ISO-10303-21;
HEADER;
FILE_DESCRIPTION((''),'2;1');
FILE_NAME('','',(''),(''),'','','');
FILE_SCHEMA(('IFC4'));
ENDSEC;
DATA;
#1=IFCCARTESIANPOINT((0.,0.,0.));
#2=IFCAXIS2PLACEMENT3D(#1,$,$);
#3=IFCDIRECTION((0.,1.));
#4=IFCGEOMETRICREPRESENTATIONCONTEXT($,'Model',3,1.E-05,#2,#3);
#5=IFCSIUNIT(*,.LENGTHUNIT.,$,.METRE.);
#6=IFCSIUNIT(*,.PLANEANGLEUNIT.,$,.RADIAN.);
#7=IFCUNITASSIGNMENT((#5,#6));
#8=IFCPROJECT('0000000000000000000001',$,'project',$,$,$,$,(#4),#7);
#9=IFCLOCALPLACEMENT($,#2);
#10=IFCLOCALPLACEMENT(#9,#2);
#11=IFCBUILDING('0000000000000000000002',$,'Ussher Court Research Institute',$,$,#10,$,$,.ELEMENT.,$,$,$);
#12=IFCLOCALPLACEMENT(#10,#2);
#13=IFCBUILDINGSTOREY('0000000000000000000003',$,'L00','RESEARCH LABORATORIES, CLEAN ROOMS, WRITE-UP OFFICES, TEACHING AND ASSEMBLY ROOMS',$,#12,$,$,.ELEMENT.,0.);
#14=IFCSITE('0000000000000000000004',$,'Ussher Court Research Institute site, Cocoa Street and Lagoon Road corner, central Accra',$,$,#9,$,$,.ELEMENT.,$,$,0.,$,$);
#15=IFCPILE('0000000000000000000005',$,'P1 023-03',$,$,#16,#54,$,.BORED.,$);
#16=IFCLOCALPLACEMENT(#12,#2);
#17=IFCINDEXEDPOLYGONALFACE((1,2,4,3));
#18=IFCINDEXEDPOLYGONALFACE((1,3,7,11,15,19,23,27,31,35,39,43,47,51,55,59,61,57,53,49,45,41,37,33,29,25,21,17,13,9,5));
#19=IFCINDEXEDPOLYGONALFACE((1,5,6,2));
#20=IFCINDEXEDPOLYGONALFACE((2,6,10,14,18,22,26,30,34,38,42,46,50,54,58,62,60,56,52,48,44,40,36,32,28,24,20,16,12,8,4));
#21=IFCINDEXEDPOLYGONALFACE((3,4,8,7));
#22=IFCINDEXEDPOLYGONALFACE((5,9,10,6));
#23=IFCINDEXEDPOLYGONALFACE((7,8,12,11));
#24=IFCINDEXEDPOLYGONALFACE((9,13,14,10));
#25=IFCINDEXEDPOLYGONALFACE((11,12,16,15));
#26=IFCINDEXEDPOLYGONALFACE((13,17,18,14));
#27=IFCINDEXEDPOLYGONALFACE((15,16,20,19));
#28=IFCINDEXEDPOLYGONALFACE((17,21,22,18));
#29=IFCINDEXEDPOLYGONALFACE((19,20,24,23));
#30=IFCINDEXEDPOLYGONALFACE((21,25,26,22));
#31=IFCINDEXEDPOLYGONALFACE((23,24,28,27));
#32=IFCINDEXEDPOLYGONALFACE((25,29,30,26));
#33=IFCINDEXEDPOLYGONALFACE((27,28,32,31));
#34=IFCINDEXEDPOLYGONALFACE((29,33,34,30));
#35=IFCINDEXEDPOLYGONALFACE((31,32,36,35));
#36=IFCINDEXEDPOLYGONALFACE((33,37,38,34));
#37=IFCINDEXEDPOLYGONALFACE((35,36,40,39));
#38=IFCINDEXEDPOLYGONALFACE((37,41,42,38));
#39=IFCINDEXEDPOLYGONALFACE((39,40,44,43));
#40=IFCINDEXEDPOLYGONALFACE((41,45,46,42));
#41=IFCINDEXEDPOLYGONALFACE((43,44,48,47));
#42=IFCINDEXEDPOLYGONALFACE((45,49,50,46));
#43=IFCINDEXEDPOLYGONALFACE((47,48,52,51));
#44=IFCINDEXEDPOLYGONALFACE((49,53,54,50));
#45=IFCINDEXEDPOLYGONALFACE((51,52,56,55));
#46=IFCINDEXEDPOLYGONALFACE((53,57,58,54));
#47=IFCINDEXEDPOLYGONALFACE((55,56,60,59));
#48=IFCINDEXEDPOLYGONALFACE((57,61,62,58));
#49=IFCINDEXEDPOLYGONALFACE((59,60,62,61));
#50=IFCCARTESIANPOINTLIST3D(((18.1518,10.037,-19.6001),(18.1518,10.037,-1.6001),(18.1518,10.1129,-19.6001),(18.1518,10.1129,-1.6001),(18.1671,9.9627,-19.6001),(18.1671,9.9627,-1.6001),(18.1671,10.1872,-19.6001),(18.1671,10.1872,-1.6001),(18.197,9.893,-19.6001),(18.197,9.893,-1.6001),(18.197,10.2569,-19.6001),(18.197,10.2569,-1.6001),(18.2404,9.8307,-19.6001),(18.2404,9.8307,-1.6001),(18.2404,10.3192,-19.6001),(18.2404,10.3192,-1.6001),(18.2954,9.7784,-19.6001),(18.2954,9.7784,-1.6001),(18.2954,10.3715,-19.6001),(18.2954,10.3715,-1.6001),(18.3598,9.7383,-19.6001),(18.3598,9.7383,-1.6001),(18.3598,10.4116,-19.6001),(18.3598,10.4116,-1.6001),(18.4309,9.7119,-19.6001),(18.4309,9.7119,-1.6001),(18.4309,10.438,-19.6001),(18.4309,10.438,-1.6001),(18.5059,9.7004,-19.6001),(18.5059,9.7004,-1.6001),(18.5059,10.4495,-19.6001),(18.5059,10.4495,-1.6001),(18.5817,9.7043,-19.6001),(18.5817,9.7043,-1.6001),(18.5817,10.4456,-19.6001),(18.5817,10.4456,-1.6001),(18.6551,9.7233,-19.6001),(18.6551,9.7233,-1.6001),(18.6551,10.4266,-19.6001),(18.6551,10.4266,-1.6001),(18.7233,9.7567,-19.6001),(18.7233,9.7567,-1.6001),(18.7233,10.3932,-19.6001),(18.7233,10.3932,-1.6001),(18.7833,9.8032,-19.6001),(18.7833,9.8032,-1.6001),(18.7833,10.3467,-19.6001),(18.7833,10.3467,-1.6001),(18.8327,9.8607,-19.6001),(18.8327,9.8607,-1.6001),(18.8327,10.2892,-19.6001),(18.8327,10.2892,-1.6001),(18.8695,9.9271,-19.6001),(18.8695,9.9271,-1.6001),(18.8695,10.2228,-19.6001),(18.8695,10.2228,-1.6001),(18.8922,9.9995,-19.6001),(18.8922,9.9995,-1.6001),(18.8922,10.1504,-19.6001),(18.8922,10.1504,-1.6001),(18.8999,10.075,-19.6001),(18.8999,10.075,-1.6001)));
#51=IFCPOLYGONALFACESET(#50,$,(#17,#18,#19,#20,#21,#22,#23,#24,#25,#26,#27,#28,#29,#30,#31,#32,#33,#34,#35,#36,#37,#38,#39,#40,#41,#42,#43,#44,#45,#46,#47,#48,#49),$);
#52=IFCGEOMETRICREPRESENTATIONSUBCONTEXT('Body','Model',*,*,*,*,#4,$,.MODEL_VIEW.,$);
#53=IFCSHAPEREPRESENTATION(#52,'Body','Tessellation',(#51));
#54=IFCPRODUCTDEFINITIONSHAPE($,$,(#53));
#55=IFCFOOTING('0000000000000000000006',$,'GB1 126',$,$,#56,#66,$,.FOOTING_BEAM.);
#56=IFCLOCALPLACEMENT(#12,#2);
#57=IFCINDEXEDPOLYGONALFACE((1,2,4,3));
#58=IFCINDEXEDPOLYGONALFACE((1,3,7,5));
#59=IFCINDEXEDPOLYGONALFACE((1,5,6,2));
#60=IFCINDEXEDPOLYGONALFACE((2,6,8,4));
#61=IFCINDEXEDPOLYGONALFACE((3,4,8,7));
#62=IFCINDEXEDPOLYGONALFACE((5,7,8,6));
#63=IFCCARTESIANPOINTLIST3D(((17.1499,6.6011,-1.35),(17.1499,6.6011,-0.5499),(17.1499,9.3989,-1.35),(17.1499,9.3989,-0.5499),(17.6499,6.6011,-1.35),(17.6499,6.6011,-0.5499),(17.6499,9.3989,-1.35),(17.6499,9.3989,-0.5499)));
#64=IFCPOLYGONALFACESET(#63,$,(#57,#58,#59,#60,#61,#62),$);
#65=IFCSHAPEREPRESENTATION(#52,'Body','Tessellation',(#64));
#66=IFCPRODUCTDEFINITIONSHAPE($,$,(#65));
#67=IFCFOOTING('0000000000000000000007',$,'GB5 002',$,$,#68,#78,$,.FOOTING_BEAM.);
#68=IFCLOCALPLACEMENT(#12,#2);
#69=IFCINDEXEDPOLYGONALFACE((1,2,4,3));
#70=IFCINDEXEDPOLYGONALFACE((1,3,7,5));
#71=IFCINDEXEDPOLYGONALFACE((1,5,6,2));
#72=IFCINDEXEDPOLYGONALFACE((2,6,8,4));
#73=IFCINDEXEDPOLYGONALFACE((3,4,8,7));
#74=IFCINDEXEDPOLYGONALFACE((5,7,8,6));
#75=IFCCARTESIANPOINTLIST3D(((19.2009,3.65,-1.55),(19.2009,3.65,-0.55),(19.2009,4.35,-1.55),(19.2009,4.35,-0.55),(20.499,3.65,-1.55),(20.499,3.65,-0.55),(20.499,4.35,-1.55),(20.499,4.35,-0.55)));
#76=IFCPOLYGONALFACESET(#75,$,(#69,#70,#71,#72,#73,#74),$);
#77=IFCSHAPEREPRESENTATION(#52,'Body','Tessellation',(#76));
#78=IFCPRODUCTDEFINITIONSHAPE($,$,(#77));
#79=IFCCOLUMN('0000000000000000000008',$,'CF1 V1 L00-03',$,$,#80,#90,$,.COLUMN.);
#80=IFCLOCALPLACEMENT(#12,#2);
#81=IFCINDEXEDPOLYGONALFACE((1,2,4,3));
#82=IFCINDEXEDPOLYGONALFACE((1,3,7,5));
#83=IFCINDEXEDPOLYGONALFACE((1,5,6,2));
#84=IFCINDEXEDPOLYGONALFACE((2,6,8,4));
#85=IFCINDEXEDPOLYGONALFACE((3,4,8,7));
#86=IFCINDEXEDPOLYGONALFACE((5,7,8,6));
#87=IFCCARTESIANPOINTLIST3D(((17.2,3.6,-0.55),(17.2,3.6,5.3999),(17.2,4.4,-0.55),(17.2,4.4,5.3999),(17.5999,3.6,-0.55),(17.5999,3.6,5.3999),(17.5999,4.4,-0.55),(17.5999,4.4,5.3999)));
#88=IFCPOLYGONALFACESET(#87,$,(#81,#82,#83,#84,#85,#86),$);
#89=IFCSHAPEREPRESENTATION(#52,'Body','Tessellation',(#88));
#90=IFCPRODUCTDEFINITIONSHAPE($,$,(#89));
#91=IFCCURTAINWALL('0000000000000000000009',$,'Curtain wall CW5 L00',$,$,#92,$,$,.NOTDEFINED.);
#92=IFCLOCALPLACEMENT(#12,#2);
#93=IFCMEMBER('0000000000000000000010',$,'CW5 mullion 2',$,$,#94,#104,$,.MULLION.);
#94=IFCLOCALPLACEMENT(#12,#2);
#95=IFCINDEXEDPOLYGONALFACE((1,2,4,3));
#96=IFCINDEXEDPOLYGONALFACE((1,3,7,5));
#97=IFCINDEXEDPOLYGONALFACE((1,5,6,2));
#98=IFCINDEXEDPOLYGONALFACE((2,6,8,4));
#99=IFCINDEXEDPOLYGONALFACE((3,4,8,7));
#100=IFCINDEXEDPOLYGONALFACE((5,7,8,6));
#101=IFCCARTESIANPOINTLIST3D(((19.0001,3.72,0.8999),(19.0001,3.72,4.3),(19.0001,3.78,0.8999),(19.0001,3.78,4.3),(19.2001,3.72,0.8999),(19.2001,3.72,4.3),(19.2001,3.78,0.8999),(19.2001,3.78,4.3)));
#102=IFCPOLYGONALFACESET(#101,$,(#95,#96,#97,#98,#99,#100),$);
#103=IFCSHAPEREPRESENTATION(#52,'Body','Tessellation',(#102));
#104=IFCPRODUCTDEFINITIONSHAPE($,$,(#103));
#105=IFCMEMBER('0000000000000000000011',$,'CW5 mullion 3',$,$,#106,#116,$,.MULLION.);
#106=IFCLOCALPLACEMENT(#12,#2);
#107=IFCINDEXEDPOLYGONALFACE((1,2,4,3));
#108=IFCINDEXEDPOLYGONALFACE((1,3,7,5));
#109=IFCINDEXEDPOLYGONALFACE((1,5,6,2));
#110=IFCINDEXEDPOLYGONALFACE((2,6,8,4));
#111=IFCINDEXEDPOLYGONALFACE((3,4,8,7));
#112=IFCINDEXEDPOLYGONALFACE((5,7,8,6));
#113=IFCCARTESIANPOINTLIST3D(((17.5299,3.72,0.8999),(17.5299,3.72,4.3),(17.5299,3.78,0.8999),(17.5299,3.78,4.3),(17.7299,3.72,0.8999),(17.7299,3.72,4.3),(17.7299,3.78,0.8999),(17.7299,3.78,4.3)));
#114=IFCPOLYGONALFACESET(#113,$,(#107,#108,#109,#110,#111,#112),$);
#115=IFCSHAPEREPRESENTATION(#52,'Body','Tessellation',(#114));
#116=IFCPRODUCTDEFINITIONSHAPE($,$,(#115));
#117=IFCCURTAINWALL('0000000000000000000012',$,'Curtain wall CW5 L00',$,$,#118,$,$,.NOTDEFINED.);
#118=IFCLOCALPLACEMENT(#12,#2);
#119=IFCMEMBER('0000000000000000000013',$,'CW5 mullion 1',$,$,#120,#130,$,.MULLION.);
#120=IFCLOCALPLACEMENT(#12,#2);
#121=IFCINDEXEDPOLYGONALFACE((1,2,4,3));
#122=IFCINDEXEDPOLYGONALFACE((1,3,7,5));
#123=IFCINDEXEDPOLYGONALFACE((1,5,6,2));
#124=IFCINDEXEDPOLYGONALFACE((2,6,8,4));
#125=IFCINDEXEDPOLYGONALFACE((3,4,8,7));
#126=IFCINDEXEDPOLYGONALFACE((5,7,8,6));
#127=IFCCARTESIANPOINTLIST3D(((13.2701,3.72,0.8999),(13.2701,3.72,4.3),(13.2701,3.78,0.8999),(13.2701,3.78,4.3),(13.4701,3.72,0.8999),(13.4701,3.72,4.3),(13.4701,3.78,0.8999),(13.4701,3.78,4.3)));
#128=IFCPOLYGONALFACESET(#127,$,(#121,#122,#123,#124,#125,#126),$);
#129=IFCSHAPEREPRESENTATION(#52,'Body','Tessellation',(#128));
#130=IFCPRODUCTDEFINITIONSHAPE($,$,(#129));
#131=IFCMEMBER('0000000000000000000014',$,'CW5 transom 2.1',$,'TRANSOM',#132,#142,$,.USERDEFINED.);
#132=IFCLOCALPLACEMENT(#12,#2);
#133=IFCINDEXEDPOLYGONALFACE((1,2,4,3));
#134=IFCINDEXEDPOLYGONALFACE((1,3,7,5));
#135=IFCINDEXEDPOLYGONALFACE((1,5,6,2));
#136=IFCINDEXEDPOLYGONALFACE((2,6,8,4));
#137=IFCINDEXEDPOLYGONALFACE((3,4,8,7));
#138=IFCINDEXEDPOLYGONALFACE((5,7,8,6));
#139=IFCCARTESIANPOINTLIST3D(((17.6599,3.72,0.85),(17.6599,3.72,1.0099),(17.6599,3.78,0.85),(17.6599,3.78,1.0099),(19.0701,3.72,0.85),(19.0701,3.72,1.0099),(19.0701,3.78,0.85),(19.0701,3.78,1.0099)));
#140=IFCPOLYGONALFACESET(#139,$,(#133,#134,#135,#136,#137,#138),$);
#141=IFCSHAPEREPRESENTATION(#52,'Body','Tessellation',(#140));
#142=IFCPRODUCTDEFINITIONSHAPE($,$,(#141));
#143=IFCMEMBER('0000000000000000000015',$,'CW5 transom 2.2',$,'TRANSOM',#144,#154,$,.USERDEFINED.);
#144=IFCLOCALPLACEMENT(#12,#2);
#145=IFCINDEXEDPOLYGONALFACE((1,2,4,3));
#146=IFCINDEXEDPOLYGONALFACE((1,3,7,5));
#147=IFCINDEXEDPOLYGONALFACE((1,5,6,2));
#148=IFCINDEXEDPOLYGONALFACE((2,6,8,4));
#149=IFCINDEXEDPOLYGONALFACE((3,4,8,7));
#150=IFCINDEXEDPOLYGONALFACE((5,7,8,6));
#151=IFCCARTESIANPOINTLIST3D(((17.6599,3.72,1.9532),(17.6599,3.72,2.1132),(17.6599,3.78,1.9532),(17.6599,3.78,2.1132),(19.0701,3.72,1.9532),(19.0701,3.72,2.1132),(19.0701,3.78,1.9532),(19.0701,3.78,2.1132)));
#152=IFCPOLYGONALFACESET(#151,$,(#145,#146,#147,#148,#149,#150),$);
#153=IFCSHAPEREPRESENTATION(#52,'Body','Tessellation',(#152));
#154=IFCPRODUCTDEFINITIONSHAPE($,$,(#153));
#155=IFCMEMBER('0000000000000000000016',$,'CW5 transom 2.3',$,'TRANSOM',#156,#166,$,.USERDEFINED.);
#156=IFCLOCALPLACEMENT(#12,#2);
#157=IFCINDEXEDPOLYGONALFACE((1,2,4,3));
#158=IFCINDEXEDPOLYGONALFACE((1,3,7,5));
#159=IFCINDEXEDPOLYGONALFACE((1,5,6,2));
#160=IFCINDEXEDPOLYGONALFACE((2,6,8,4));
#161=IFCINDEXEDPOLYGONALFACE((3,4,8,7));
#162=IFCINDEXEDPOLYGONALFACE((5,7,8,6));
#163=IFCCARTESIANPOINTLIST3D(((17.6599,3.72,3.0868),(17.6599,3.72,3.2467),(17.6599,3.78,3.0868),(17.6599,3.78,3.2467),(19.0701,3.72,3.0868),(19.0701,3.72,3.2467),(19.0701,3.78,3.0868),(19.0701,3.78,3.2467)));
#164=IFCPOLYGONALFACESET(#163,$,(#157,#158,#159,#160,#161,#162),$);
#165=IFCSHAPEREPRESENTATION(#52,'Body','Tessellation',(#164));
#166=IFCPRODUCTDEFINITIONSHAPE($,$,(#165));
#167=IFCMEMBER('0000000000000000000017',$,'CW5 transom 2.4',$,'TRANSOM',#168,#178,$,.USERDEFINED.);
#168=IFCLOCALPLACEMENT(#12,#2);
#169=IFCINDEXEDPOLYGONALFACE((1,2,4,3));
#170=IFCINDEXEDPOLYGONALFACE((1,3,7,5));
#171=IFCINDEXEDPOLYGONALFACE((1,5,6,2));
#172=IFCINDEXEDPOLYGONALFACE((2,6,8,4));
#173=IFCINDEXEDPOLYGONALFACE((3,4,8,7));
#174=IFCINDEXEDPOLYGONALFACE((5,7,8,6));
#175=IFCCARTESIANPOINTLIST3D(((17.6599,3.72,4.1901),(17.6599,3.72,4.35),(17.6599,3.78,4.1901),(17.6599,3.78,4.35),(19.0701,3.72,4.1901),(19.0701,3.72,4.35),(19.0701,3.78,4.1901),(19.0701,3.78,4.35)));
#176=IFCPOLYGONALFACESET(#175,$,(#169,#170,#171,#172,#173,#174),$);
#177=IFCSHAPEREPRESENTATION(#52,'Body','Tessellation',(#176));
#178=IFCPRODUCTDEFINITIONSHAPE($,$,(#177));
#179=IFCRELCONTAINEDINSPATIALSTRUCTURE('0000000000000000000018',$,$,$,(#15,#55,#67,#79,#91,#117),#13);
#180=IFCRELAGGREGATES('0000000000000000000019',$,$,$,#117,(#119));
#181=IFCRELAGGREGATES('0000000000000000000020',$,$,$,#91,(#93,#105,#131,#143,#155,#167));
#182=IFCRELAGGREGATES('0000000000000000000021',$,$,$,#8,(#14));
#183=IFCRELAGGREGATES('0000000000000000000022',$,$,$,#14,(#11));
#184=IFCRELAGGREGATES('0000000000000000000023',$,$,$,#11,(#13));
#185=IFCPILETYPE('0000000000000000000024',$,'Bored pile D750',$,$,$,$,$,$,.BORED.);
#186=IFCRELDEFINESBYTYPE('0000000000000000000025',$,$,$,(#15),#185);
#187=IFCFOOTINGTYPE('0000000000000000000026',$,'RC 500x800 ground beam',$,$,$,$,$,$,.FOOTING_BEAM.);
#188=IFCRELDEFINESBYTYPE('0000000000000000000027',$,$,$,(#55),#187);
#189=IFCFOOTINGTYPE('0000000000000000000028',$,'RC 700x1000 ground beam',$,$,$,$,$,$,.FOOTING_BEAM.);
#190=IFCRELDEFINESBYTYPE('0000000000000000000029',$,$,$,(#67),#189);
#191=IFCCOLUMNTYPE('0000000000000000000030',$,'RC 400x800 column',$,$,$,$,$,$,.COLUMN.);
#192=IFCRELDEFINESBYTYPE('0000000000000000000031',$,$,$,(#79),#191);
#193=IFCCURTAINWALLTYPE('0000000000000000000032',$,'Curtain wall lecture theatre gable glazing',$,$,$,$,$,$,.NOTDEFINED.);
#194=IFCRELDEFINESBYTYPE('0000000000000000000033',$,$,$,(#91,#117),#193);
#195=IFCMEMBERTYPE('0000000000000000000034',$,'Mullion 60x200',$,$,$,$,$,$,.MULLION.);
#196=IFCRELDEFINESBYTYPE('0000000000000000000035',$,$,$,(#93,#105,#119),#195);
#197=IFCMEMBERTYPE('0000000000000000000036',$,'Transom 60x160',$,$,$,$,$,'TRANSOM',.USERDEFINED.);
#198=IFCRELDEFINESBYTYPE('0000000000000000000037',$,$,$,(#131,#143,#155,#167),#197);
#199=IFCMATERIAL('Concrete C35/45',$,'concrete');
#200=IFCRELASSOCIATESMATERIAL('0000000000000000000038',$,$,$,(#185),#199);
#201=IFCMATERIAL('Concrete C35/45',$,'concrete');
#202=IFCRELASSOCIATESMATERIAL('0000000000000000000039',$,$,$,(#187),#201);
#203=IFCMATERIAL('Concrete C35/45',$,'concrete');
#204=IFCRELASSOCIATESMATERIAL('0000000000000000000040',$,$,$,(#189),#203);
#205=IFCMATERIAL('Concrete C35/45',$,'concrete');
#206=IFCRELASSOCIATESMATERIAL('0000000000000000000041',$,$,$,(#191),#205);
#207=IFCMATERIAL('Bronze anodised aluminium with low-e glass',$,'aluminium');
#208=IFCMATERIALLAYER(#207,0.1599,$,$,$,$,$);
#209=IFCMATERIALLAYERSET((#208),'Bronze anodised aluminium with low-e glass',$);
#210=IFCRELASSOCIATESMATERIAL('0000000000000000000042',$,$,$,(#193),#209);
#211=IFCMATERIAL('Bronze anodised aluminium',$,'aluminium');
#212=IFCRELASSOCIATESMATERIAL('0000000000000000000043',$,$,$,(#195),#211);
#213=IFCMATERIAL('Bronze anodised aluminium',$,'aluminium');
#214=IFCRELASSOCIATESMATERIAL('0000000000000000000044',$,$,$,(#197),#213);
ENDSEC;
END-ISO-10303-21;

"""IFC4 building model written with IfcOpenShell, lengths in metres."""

from ifc_helpers import new_model, si_unit, direction, frame, origin, origin_2d, place, context, subcontext, project, spatial, rectangle, circle, extrude, material, layer, layer_set, material_profile, profile_set, type_object, element, aggregate, save


model = new_model("IFC4")

# Units and contexts
model_context = context("Model", 3, precision=1e-05, world=origin(), true_north=direction((0.0, 1.0)))
body_context = subcontext(model_context, "Body", "Model", "MODEL_VIEW")
ifc_project = project(units=[si_unit("LENGTHUNIT", "METRE"), si_unit("PLANEANGLEUNIT", "RADIAN")], contexts=[model_context])

# Site, building, storey
site_placement = place(None, origin())
site = spatial("IfcSite", under=ifc_project, at=site_placement, Name="Ussher Court Research Institute site, Cocoa Street and Lagoon Road corner, central Accra", CompositionType="ELEMENT", RefElevation=0.0)
building_placement = place(site_placement, origin())
building = spatial("IfcBuilding", under=site, at=building_placement, Name="Ussher Court Research Institute", CompositionType="ELEMENT")
storey_placement = place(building_placement, origin())
storey = spatial("IfcBuildingStorey", under=building, at=storey_placement, Name="L00", Description="RESEARCH LABORATORIES, CLEAN ROOMS, WRITE-UP OFFICES, TEACHING AND ASSEMBLY ROOMS", CompositionType="ELEMENT", Elevation=0.0)

# Pile
ifc_material_1 = material(Name="Concrete C35/45", Category="concrete")
ifc_material_profile_1 = material_profile(ifc_material_1, circle(Radius=0.375, at=origin_2d()), Name="RC D750")
ifc_profile_set_1 = profile_set([ifc_material_profile_1], Name="Concrete C35/45")
pile_type = type_object("IfcPileType", Name="Bored pile D750", PredefinedType="BORED", material=ifc_profile_set_1)
for number, where, z_axis, x_axis, name in (
    (1, (18.5249, 10.075, -1.6001), (0.0, 0.0, -1.0), (1.0, 0.0, 0.0), "P1 023-03"),
):
    element("IfcPile", number, at=place(storey_placement, frame(where, z_axis=z_axis, x_axis=x_axis)), inside=storey, type_object=pile_type, Name=name, PredefinedType="BORED", context=body_context, shape_type="SweptSolid", body=[
        extrude(circle(Radius=0.375, at=origin_2d()), origin(), (0.0, 0.0, 1.0), 18.0),
    ])

# Footings
ifc_material_2 = material(Name="Concrete C35/45", Category="concrete")
ifc_material_profile_2 = material_profile(ifc_material_2, rectangle(XDim=0.5, YDim=0.8, at=origin_2d()), Name="RC 500x800")
ifc_profile_set_2 = profile_set([ifc_material_profile_2], Name="Concrete C35/45")
footing_type_1 = type_object("IfcFootingType", Name="RC 500x800 ground beam", PredefinedType="FOOTING_BEAM", material=ifc_profile_set_2)
footing_1_placement = place(storey_placement, frame((17.3999, 6.6011, -0.95), z_axis=(0.0, 1.0, 0.0), x_axis=(-1.0, 0.0, 0.0)))
element("IfcFooting", 2, at=footing_1_placement, inside=storey, type_object=footing_type_1, Name="GB1 126", PredefinedType="FOOTING_BEAM", context=body_context, shape_type="SweptSolid", body=[
    extrude(rectangle(XDim=0.5, YDim=0.8, at=origin_2d()), origin(), (0.0, 0.0, 1.0), 2.7979),
])
ifc_material_3 = material(Name="Concrete C35/45", Category="concrete")
ifc_material_profile_3 = material_profile(ifc_material_3, rectangle(XDim=0.7, YDim=1.0, at=origin_2d()), Name="RC 700x1000")
ifc_profile_set_3 = profile_set([ifc_material_profile_3], Name="Concrete C35/45")
footing_type_2 = type_object("IfcFootingType", Name="RC 700x1000 ground beam", PredefinedType="FOOTING_BEAM", material=ifc_profile_set_3)
footing_2_placement = place(storey_placement, frame((19.2009, 4.0, -1.05), z_axis=(1.0, 0.0, 0.0), x_axis=(0.0, 1.0, 0.0)))
element("IfcFooting", 3, at=footing_2_placement, inside=storey, type_object=footing_type_2, Name="GB5 002", PredefinedType="FOOTING_BEAM", context=body_context, shape_type="SweptSolid", body=[
    extrude(rectangle(XDim=0.7, YDim=1.0, at=origin_2d()), origin(), (0.0, 0.0, 1.0), 1.2981),
])

# Column
ifc_material_4 = material(Name="Concrete C35/45", Category="concrete")
ifc_material_profile_4 = material_profile(ifc_material_4, rectangle(XDim=0.3999, YDim=0.8, at=origin_2d()), Name="RC 400x800")
ifc_profile_set_4 = profile_set([ifc_material_profile_4], Name="Concrete C35/45")
column_type = type_object("IfcColumnType", Name="RC 400x800 column", PredefinedType="COLUMN", material=ifc_profile_set_4)
column_placement = place(storey_placement, frame((17.3999, 4.0, -0.55), z_axis=(0.0, 0.0, 1.0), x_axis=(1.0, 0.0, 0.0)))
element("IfcColumn", 4, at=column_placement, inside=storey, type_object=column_type, Name="CF1 V1 L00-03", PredefinedType="COLUMN", context=body_context, shape_type="SweptSolid", body=[
    extrude(rectangle(XDim=0.3999, YDim=0.8, at=origin_2d()), origin(), (0.0, 0.0, 1.0), 5.95),
])

# Curtain wall, members
ifc_material_5 = material(Name="Bronze anodised aluminium with low-e glass", Category="aluminium")
ifc_layer_1 = layer(ifc_material_5, 0.1599)
ifc_layer_set_1 = layer_set([ifc_layer_1], Name="Bronze anodised aluminium with low-e glass")
curtain_wall_type = type_object("IfcCurtainWallType", Name="Curtain wall lecture theatre gable glazing", PredefinedType="NOTDEFINED", material=ifc_layer_set_1)
curtain_wall_1_placement = place(storey_placement, origin())
curtain_wall_1 = element("IfcCurtainWall", 5, at=curtain_wall_1_placement, inside=storey, type_object=curtain_wall_type, Name="Curtain wall CW5 L00", PredefinedType="NOTDEFINED")
ifc_material_6 = material(Name="Bronze anodised aluminium", Category="aluminium")
ifc_material_profile_5 = material_profile(ifc_material_6, rectangle(XDim=0.0601, YDim=0.2, at=origin_2d()), Name="Mullion 60x200")
ifc_profile_set_5 = profile_set([ifc_material_profile_5], Name="Bronze anodised aluminium")
member_type_1 = type_object("IfcMemberType", Name="Mullion 60x200", PredefinedType="MULLION", material=ifc_profile_set_5)
member_1_placement = place(storey_placement, frame((19.1001, 3.75, 0.8999), z_axis=(0.0, 0.0, 1.0), x_axis=(0.0, -1.0, 0.0)))
member_1 = element("IfcMember", 6, at=member_1_placement, type_object=member_type_1, Name="CW5 mullion 2", PredefinedType="MULLION", context=body_context, shape_type="SweptSolid", body=[
    extrude(rectangle(XDim=0.0601, YDim=0.2, at=origin_2d()), origin(), (0.0, 0.0, 1.0), 3.4001),
])
member_2_placement = place(storey_placement, frame((17.6299, 3.75, 0.8999), z_axis=(0.0, 0.0, 1.0), x_axis=(0.0, -1.0, 0.0)))
member_2 = element("IfcMember", 7, at=member_2_placement, type_object=member_type_1, Name="CW5 mullion 3", PredefinedType="MULLION", context=body_context, shape_type="SweptSolid", body=[
    extrude(rectangle(XDim=0.0601, YDim=0.2, at=origin_2d()), origin(), (0.0, 0.0, 1.0), 3.4001),
])

# Curtain wall, member
curtain_wall_2_placement = place(storey_placement, origin())
curtain_wall_2 = element("IfcCurtainWall", 8, at=curtain_wall_2_placement, inside=storey, type_object=curtain_wall_type, Name="Curtain wall CW5 L00", PredefinedType="NOTDEFINED")
member_3_placement = place(storey_placement, frame((13.3701, 3.75, 0.8999), z_axis=(0.0, 0.0, 1.0), x_axis=(0.0, -1.0, 0.0)))
member_3 = element("IfcMember", 9, at=member_3_placement, type_object=member_type_1, Name="CW5 mullion 1", PredefinedType="MULLION", context=body_context, shape_type="SweptSolid", body=[
    extrude(rectangle(XDim=0.0601, YDim=0.2, at=origin_2d()), origin(), (0.0, 0.0, 1.0), 3.4001),
])

# Members
ifc_material_7 = material(Name="Bronze anodised aluminium", Category="aluminium")
ifc_material_profile_6 = material_profile(ifc_material_7, rectangle(XDim=0.0601, YDim=0.1599, at=origin_2d()), Name="Transom 60x160")
ifc_profile_set_6 = profile_set([ifc_material_profile_6], Name="Bronze anodised aluminium")
member_type_2 = type_object("IfcMemberType", Name="Transom 60x160", ElementType="TRANSOM", PredefinedType="USERDEFINED", material=ifc_profile_set_6)
member_4_placement = place(storey_placement, frame((19.0701, 3.75, 0.9299), z_axis=(-1.0, 0.0, 0.0), x_axis=(0.0, -1.0, 0.0)))
member_4 = element("IfcMember", 10, at=member_4_placement, type_object=member_type_2, Name="CW5 transom 2.1", ObjectType="TRANSOM", PredefinedType="USERDEFINED", context=body_context, shape_type="SweptSolid", body=[
    extrude(rectangle(XDim=0.0601, YDim=0.1599, at=origin_2d()), origin(), (0.0, 0.0, 1.0), 1.4102),
])
member_5_placement = place(storey_placement, frame((19.0701, 3.75, 2.0332), z_axis=(-1.0, 0.0, 0.0), x_axis=(0.0, -1.0, 0.0)))
member_5 = element("IfcMember", 11, at=member_5_placement, type_object=member_type_2, Name="CW5 transom 2.2", ObjectType="TRANSOM", PredefinedType="USERDEFINED", context=body_context, shape_type="SweptSolid", body=[
    extrude(rectangle(XDim=0.0601, YDim=0.1599, at=origin_2d()), origin(), (0.0, 0.0, 1.0), 1.4102),
])
member_6_placement = place(storey_placement, frame((19.0701, 3.75, 3.1667), z_axis=(-1.0, 0.0, 0.0), x_axis=(0.0, -1.0, 0.0)))
member_6 = element("IfcMember", 12, at=member_6_placement, type_object=member_type_2, Name="CW5 transom 2.3", ObjectType="TRANSOM", PredefinedType="USERDEFINED", context=body_context, shape_type="SweptSolid", body=[
    extrude(rectangle(XDim=0.0601, YDim=0.1599, at=origin_2d()), origin(), (0.0, 0.0, 1.0), 1.4102),
])
member_7_placement = place(storey_placement, frame((19.0701, 3.75, 4.27), z_axis=(-1.0, 0.0, 0.0), x_axis=(0.0, -1.0, 0.0)))
member_7 = element("IfcMember", 13, at=member_7_placement, type_object=member_type_2, Name="CW5 transom 2.4", ObjectType="TRANSOM", PredefinedType="USERDEFINED", context=body_context, shape_type="SweptSolid", body=[
    extrude(rectangle(XDim=0.0601, YDim=0.1599, at=origin_2d()), origin(), (0.0, 0.0, 1.0), 1.4102),
])
aggregate(curtain_wall_2, [member_3])

aggregate(curtain_wall_1, [member_1, member_2, member_4, member_5, member_6, member_7])

save(model, "model.ifc")
